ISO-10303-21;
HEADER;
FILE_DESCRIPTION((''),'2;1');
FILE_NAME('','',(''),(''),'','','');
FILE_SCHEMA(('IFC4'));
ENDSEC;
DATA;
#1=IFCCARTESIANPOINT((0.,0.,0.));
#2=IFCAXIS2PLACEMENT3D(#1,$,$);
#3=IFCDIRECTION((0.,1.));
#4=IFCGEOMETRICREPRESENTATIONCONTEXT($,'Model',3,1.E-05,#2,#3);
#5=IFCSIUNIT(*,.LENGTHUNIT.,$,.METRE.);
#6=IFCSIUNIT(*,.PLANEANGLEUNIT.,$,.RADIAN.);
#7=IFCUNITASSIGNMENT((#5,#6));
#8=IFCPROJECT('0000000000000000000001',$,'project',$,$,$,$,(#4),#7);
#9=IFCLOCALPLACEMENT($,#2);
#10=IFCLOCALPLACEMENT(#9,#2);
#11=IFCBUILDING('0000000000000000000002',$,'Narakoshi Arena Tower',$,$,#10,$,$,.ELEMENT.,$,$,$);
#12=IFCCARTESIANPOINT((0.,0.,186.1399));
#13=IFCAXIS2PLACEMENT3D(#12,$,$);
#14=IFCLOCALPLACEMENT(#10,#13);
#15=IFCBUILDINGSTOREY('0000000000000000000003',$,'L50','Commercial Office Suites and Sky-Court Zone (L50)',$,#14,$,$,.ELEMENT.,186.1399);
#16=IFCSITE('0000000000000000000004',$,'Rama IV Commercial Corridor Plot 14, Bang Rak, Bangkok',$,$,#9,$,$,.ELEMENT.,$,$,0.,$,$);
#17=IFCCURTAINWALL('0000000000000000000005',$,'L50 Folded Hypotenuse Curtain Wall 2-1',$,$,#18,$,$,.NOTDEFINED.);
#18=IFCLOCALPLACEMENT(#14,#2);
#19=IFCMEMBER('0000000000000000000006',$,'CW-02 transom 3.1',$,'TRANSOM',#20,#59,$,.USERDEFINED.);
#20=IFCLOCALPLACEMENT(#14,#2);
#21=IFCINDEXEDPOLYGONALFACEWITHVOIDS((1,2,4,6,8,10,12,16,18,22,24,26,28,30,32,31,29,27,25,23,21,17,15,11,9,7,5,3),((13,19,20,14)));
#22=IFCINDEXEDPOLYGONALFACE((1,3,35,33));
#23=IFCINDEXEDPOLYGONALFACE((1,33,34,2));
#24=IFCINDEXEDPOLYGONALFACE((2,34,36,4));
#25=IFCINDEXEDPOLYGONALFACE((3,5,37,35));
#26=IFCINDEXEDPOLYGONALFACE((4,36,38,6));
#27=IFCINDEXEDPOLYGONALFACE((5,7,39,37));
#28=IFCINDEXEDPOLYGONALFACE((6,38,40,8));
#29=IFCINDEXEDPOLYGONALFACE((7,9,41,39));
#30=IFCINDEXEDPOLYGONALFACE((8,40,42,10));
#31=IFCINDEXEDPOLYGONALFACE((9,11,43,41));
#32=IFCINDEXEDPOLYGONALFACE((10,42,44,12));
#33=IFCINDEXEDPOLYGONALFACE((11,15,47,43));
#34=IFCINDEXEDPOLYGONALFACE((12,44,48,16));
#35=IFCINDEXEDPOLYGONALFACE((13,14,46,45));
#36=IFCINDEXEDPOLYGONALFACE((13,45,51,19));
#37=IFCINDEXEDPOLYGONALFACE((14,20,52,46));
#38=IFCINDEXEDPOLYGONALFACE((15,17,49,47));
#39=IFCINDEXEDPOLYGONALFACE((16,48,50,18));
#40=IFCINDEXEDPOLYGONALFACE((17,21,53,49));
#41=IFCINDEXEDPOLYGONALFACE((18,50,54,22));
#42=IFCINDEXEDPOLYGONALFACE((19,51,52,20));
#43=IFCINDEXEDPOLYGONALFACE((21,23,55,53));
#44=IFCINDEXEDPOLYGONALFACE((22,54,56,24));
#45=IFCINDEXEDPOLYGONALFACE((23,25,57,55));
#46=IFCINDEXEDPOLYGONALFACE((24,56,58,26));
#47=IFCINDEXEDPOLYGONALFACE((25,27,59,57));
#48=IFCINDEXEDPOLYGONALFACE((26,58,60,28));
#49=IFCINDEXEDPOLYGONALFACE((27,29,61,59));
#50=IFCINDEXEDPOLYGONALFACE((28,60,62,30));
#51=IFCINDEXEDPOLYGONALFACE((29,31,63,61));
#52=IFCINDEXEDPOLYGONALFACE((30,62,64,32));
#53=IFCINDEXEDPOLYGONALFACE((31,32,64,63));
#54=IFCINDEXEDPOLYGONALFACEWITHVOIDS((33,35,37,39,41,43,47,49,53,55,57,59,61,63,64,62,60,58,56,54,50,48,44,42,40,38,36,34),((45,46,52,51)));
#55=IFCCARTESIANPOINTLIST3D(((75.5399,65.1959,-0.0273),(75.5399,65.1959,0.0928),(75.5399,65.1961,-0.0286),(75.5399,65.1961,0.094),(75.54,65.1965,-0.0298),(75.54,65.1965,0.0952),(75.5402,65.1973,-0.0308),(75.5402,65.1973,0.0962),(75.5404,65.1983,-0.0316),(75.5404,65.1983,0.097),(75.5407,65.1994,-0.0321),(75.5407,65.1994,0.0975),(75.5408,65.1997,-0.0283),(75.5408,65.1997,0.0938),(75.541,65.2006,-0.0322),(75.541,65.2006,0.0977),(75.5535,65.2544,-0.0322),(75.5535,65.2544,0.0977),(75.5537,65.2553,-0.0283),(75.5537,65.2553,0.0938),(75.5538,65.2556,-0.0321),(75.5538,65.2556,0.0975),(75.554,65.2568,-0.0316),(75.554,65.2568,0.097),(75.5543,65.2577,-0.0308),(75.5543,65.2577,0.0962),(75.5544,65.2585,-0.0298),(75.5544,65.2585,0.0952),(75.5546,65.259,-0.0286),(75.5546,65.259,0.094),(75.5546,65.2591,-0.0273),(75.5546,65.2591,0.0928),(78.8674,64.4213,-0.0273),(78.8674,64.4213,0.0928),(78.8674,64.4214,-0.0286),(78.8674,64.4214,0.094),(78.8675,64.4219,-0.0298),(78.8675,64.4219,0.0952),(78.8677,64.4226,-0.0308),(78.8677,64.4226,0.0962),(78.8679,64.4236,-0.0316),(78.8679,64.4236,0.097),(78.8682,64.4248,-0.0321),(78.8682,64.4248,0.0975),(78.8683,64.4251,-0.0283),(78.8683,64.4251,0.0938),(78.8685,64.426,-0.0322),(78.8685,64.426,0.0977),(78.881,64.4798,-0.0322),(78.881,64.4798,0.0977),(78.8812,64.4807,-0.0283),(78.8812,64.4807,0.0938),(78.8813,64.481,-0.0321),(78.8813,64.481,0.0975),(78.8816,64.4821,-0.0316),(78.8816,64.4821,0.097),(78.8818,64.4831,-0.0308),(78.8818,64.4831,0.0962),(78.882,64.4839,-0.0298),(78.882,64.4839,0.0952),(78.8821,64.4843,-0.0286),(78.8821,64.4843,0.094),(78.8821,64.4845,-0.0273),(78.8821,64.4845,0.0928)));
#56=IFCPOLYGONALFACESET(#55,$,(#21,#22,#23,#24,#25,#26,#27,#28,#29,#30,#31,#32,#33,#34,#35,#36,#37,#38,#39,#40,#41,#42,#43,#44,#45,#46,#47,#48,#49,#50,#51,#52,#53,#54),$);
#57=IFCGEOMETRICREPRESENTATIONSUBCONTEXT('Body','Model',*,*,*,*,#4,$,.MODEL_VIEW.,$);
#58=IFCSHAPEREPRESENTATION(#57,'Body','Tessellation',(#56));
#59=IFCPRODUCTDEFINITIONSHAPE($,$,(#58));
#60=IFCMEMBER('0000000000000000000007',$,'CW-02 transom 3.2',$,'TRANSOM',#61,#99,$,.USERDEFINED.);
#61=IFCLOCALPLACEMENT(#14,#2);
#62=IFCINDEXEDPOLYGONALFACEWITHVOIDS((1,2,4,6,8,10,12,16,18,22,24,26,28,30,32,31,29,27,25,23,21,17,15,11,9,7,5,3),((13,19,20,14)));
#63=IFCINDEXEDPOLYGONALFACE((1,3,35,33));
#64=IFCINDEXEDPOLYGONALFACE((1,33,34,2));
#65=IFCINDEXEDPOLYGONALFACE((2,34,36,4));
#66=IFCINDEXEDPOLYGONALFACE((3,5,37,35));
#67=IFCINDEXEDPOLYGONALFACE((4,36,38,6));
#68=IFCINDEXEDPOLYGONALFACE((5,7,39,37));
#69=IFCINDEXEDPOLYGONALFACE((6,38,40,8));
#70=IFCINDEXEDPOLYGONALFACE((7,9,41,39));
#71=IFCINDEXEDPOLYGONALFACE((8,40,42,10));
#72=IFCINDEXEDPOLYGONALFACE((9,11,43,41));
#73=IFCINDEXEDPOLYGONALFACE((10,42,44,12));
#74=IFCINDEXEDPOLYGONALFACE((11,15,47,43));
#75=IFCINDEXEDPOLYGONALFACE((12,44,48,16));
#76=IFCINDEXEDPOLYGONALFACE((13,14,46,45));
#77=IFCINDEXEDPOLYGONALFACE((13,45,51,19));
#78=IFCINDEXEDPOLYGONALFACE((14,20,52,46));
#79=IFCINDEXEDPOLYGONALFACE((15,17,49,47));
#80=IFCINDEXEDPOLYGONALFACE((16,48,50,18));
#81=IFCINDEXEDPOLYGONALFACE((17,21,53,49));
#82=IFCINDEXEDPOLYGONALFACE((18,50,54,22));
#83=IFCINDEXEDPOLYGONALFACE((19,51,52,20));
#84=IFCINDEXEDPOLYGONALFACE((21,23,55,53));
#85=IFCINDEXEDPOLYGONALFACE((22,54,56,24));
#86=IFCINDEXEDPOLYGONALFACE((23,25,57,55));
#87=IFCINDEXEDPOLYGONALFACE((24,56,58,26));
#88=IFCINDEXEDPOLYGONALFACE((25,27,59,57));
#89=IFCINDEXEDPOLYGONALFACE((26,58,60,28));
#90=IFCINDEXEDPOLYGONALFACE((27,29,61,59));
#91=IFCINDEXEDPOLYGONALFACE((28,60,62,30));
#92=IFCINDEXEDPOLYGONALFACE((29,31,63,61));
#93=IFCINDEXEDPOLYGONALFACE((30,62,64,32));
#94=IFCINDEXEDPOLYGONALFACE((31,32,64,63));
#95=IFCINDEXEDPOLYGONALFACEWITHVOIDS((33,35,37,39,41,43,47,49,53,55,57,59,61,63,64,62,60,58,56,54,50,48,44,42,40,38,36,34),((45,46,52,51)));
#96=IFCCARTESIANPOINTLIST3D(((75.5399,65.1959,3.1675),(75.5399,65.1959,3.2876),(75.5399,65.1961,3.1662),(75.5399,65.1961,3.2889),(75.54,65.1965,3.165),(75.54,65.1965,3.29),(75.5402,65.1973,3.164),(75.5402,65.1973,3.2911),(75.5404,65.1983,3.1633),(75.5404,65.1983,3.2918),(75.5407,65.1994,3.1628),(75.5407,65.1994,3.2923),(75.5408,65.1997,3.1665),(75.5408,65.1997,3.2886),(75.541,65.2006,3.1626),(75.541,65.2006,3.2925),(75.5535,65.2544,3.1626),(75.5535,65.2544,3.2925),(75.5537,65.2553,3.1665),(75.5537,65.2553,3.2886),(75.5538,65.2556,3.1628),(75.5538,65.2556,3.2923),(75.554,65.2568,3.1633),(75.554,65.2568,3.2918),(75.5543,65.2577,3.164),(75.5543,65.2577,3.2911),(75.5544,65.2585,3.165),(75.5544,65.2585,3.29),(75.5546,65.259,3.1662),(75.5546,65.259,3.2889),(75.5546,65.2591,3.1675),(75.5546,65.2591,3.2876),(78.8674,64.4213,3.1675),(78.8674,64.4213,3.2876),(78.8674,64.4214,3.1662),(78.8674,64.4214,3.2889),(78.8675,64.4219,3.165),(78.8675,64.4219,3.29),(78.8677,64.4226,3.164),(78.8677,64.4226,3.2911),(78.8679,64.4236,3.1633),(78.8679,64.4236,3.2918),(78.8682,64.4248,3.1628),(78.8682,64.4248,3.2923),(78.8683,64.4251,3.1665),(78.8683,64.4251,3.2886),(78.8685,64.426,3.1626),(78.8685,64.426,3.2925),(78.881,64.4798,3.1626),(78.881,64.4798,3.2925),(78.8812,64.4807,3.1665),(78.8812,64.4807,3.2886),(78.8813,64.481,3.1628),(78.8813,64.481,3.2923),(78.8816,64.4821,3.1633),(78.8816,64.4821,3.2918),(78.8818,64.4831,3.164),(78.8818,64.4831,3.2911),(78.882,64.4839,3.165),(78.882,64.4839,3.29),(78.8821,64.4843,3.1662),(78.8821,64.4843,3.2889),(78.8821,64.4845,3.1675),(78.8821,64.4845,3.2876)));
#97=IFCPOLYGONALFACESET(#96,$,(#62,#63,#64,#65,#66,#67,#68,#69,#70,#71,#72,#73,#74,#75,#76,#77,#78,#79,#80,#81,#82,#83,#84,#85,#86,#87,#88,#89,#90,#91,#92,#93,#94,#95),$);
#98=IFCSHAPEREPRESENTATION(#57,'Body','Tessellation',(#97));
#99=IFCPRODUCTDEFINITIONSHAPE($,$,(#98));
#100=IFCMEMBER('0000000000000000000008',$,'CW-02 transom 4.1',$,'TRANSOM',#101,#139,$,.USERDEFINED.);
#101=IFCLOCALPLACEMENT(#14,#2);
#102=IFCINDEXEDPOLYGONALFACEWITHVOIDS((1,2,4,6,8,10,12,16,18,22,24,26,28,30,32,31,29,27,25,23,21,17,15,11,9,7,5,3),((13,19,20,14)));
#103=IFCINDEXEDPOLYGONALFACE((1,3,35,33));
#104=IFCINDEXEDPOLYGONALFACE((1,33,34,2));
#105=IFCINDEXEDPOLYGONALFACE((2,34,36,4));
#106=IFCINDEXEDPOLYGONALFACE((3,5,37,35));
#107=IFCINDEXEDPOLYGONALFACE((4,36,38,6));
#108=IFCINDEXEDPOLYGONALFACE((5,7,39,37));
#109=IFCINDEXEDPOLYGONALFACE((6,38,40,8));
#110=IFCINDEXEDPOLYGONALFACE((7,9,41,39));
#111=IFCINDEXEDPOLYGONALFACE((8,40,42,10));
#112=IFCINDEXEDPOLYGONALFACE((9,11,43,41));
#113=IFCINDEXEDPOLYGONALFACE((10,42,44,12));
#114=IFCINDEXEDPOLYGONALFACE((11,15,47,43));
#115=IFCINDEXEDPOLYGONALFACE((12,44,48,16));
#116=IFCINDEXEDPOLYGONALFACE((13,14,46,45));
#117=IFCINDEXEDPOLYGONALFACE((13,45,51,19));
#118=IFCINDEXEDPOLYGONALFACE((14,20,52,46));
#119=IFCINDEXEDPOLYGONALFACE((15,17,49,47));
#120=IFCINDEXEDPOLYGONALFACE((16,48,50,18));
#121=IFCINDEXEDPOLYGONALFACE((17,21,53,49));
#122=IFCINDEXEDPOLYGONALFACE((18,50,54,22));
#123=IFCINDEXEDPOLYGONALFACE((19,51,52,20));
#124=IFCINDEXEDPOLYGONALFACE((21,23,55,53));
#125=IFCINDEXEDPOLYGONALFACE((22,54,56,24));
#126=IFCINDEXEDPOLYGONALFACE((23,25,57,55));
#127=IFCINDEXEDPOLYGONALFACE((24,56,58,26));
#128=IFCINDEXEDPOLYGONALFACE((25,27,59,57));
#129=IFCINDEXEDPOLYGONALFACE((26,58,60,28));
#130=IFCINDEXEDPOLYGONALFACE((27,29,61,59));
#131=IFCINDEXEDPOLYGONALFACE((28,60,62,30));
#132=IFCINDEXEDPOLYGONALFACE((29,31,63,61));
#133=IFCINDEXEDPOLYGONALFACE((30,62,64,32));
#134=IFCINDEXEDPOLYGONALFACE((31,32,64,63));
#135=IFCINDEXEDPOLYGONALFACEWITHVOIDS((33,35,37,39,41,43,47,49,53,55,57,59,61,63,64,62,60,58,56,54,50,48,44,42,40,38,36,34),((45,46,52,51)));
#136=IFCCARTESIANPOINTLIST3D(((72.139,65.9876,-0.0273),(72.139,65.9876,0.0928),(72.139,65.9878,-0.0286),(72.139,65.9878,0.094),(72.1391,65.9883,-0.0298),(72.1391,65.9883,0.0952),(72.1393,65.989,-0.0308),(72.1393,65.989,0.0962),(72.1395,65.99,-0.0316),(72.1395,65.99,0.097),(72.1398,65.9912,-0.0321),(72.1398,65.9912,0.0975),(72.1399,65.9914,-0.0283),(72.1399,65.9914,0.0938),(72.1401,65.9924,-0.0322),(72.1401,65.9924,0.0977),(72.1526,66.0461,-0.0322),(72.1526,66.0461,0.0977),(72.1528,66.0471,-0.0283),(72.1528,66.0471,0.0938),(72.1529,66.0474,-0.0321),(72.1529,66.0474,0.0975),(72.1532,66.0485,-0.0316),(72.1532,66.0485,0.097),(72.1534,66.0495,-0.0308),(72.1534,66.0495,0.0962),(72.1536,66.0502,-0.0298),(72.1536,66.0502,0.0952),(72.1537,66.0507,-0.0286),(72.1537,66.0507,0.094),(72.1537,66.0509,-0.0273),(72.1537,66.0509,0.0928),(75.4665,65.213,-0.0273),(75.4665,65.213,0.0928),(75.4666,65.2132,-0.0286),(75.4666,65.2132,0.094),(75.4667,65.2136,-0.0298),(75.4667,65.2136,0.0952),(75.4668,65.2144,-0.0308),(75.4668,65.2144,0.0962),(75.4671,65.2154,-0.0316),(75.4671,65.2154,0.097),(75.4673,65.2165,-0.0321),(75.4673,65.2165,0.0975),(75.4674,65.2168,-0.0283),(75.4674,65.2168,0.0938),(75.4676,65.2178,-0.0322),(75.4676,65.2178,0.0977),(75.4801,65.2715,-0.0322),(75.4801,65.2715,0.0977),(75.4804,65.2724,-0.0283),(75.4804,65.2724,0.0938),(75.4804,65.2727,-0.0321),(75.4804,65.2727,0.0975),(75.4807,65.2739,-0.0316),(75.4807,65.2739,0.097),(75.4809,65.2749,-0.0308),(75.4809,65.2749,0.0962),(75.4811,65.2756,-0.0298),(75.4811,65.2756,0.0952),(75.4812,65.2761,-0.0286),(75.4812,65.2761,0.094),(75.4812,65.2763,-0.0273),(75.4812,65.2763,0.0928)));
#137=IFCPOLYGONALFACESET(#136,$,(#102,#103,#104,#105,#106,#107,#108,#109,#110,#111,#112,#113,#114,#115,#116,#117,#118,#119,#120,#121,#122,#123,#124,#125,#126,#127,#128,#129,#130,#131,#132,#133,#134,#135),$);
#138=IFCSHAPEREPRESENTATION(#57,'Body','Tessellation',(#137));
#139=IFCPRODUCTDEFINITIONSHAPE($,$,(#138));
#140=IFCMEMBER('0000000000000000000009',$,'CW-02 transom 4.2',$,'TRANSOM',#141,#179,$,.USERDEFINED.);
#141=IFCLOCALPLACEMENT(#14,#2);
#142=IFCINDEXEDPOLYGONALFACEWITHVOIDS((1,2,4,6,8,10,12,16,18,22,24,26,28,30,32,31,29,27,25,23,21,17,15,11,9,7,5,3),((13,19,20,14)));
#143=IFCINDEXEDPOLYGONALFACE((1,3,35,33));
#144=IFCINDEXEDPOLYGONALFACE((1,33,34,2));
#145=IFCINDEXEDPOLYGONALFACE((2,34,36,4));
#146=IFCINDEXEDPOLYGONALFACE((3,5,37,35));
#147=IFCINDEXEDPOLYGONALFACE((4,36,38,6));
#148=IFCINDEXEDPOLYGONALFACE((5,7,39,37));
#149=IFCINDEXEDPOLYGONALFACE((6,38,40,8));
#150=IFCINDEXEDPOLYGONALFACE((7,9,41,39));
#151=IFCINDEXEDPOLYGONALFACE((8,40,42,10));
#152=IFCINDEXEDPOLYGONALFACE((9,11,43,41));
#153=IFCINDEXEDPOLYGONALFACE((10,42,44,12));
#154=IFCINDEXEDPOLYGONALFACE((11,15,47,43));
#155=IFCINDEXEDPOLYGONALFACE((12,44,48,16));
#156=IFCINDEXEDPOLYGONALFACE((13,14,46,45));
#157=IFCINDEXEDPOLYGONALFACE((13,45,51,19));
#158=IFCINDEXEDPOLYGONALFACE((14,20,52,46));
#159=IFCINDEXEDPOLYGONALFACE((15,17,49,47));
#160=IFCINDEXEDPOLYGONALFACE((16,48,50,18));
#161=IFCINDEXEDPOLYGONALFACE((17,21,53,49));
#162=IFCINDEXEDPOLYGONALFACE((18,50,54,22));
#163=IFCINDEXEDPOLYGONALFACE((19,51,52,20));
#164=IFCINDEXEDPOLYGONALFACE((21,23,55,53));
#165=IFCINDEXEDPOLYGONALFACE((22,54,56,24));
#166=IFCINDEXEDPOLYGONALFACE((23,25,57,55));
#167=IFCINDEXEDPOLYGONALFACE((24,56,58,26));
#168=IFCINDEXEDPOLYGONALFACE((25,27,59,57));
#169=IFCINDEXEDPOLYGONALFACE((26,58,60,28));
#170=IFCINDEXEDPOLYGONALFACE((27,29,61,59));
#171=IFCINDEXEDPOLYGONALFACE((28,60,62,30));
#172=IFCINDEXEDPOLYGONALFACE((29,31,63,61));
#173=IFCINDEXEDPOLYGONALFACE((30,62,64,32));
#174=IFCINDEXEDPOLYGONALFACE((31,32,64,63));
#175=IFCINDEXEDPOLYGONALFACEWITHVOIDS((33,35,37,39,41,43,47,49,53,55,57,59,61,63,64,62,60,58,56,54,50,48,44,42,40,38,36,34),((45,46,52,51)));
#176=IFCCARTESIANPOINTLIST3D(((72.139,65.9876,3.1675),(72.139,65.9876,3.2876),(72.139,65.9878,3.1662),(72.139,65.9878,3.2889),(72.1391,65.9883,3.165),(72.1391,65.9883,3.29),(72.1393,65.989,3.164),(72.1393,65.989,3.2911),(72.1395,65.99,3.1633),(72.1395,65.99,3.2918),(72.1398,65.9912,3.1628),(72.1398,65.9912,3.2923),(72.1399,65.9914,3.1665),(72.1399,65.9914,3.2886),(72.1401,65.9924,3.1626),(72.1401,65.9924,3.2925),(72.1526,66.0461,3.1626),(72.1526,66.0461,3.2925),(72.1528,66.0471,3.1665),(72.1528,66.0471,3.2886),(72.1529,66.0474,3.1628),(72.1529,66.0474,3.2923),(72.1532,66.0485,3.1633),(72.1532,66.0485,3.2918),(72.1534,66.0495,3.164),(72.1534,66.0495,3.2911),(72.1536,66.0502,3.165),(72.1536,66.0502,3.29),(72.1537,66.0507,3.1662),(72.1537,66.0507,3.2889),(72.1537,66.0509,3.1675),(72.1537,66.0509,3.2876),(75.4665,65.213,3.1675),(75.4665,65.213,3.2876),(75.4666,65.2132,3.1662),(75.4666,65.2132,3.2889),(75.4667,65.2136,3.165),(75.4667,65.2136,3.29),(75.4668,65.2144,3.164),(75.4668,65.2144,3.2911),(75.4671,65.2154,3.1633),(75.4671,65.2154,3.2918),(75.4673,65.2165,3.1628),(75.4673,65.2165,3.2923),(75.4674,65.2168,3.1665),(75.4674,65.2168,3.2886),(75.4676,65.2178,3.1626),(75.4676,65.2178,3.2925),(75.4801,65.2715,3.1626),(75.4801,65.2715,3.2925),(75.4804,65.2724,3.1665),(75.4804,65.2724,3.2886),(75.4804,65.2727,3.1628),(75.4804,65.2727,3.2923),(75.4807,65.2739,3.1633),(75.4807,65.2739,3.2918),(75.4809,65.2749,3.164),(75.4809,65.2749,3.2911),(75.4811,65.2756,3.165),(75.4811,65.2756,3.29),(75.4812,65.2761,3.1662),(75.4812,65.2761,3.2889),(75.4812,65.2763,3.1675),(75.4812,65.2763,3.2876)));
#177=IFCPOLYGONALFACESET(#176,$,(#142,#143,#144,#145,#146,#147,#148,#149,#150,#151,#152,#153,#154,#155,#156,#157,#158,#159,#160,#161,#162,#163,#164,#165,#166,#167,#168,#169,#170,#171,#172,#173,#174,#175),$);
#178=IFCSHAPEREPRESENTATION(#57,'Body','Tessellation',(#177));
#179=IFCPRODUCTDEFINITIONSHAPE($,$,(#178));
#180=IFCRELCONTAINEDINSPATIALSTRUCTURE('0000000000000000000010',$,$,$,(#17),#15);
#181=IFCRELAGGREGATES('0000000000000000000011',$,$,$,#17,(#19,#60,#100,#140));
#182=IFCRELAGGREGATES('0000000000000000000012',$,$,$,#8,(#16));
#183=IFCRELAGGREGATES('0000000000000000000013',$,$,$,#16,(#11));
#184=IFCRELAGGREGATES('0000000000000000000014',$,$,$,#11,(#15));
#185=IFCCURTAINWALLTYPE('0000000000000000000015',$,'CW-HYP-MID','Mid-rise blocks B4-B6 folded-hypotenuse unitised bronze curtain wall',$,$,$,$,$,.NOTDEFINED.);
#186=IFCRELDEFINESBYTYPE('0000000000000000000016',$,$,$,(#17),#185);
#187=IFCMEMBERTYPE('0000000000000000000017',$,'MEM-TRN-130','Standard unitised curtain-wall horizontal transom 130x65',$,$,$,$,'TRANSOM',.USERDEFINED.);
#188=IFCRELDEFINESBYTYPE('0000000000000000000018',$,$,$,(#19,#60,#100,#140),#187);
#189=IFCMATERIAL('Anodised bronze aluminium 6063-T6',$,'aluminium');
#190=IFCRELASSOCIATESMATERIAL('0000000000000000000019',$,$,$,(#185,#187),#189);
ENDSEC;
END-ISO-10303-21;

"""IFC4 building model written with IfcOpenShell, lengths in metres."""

from ifc_helpers import new_model, si_unit, direction, frame, origin, origin_2d, place, context, subcontext, project, spatial, hollow_rectangle, extrude, material, material_profile, profile_set, type_object, element, aggregate, save


model = new_model("IFC4")

# Units and contexts
model_context = context("Model", 3, precision=1e-05, world=origin(), true_north=direction((0.0, 1.0)))
body_context = subcontext(model_context, "Body", "Model", "MODEL_VIEW")
ifc_project = project(units=[si_unit("LENGTHUNIT", "METRE"), si_unit("PLANEANGLEUNIT", "RADIAN")], contexts=[model_context])

# Site, building, storey
site_placement = place(None, origin())
site = spatial("IfcSite", under=ifc_project, at=site_placement, Name="Rama IV Commercial Corridor Plot 14, Bang Rak, Bangkok", CompositionType="ELEMENT", RefElevation=0.0)
building_placement = place(site_placement, origin())
building = spatial("IfcBuilding", under=site, at=building_placement, Name="Narakoshi Arena Tower", CompositionType="ELEMENT")
storey_placement = place(building_placement, frame((0.0, 0.0, 186.1399)))
storey = spatial("IfcBuildingStorey", under=building, at=storey_placement, Name="L50", Description="Commercial Office Suites and Sky-Court Zone (L50)", CompositionType="ELEMENT", Elevation=186.1399)

# Curtain wall, members
ifc_material_1 = material(Name="Anodised bronze aluminium 6063-T6", Category="aluminium")
curtain_wall_type = type_object("IfcCurtainWallType", Name="CW-HYP-MID", Description="Mid-rise blocks B4-B6 folded-hypotenuse unitised bronze curtain wall", PredefinedType="NOTDEFINED", material=ifc_material_1)
curtain_wall_placement = place(storey_placement, origin())
curtain_wall = element("IfcCurtainWall", 1, at=curtain_wall_placement, inside=storey, type_object=curtain_wall_type, Name="L50 Folded Hypotenuse Curtain Wall 2-1", PredefinedType="NOTDEFINED")
ifc_material_profile_1 = material_profile(ifc_material_1, hollow_rectangle(XDim=0.0649, YDim=0.1299, WallThickness=0.0039, OuterFilletRadius=0.0049, at=origin_2d()), Name="TRN130x65x4")
ifc_profile_set_1 = profile_set([ifc_material_profile_1], Name="Anodised bronze aluminium 6063-T6")
member_type_1 = type_object("IfcMemberType", Name="MEM-TRN-130", Description="Standard unitised curtain-wall horizontal transom 130x65", ElementType="TRANSOM", PredefinedType="USERDEFINED", material=ifc_profile_set_1)
member_1_placement = place(storey_placement, frame((78.8748, 64.4529, 0.0327), z_axis=(-0.973957, 0.226733, 0.0), x_axis=(-0.226733, -0.973957, 0.0)))
member_1 = element("IfcMember", 2, at=member_1_placement, type_object=member_type_1, Name="CW-02 transom 3.1", ObjectType="TRANSOM", PredefinedType="USERDEFINED", context=body_context, shape_type="SweptSolid", body=[
    extrude(hollow_rectangle(XDim=0.0649, YDim=0.1299, WallThickness=0.0039, OuterFilletRadius=0.0049, at=origin_2d()), origin(), (0.0, 0.0, 1.0), 3.4165),
])
member_2_placement = place(storey_placement, frame((78.8748, 64.4529, 3.2275), z_axis=(-0.973957, 0.226733, 0.0), x_axis=(-0.226733, -0.973957, 0.0)))
member_2 = element("IfcMember", 3, at=member_2_placement, type_object=member_type_1, Name="CW-02 transom 3.2", ObjectType="TRANSOM", PredefinedType="USERDEFINED", context=body_context, shape_type="SweptSolid", body=[
    extrude(hollow_rectangle(XDim=0.0649, YDim=0.1299, WallThickness=0.0039, OuterFilletRadius=0.0049, at=origin_2d()), origin(), (0.0, 0.0, 1.0), 3.4165),
])
member_3_placement = place(storey_placement, frame((75.4739, 65.2446, 0.0327), z_axis=(-0.973957, 0.226733, 0.0), x_axis=(-0.226733, -0.973957, 0.0)))
member_3 = element("IfcMember", 4, at=member_3_placement, type_object=member_type_1, Name="CW-02 transom 4.1", ObjectType="TRANSOM", PredefinedType="USERDEFINED", context=body_context, shape_type="SweptSolid", body=[
    extrude(hollow_rectangle(XDim=0.0649, YDim=0.1299, WallThickness=0.0039, OuterFilletRadius=0.0049, at=origin_2d()), origin(), (0.0, 0.0, 1.0), 3.4165),
])
member_4_placement = place(storey_placement, frame((75.4739, 65.2446, 3.2275), z_axis=(-0.973957, 0.226733, 0.0), x_axis=(-0.226733, -0.973957, 0.0)))
member_4 = element("IfcMember", 5, at=member_4_placement, type_object=member_type_1, Name="CW-02 transom 4.2", ObjectType="TRANSOM", PredefinedType="USERDEFINED", context=body_context, shape_type="SweptSolid", body=[
    extrude(hollow_rectangle(XDim=0.0649, YDim=0.1299, WallThickness=0.0039, OuterFilletRadius=0.0049, at=origin_2d()), origin(), (0.0, 0.0, 1.0), 3.4165),
])
aggregate(curtain_wall, [member_1, member_2, member_3, member_4])

save(model, "model.ifc")
